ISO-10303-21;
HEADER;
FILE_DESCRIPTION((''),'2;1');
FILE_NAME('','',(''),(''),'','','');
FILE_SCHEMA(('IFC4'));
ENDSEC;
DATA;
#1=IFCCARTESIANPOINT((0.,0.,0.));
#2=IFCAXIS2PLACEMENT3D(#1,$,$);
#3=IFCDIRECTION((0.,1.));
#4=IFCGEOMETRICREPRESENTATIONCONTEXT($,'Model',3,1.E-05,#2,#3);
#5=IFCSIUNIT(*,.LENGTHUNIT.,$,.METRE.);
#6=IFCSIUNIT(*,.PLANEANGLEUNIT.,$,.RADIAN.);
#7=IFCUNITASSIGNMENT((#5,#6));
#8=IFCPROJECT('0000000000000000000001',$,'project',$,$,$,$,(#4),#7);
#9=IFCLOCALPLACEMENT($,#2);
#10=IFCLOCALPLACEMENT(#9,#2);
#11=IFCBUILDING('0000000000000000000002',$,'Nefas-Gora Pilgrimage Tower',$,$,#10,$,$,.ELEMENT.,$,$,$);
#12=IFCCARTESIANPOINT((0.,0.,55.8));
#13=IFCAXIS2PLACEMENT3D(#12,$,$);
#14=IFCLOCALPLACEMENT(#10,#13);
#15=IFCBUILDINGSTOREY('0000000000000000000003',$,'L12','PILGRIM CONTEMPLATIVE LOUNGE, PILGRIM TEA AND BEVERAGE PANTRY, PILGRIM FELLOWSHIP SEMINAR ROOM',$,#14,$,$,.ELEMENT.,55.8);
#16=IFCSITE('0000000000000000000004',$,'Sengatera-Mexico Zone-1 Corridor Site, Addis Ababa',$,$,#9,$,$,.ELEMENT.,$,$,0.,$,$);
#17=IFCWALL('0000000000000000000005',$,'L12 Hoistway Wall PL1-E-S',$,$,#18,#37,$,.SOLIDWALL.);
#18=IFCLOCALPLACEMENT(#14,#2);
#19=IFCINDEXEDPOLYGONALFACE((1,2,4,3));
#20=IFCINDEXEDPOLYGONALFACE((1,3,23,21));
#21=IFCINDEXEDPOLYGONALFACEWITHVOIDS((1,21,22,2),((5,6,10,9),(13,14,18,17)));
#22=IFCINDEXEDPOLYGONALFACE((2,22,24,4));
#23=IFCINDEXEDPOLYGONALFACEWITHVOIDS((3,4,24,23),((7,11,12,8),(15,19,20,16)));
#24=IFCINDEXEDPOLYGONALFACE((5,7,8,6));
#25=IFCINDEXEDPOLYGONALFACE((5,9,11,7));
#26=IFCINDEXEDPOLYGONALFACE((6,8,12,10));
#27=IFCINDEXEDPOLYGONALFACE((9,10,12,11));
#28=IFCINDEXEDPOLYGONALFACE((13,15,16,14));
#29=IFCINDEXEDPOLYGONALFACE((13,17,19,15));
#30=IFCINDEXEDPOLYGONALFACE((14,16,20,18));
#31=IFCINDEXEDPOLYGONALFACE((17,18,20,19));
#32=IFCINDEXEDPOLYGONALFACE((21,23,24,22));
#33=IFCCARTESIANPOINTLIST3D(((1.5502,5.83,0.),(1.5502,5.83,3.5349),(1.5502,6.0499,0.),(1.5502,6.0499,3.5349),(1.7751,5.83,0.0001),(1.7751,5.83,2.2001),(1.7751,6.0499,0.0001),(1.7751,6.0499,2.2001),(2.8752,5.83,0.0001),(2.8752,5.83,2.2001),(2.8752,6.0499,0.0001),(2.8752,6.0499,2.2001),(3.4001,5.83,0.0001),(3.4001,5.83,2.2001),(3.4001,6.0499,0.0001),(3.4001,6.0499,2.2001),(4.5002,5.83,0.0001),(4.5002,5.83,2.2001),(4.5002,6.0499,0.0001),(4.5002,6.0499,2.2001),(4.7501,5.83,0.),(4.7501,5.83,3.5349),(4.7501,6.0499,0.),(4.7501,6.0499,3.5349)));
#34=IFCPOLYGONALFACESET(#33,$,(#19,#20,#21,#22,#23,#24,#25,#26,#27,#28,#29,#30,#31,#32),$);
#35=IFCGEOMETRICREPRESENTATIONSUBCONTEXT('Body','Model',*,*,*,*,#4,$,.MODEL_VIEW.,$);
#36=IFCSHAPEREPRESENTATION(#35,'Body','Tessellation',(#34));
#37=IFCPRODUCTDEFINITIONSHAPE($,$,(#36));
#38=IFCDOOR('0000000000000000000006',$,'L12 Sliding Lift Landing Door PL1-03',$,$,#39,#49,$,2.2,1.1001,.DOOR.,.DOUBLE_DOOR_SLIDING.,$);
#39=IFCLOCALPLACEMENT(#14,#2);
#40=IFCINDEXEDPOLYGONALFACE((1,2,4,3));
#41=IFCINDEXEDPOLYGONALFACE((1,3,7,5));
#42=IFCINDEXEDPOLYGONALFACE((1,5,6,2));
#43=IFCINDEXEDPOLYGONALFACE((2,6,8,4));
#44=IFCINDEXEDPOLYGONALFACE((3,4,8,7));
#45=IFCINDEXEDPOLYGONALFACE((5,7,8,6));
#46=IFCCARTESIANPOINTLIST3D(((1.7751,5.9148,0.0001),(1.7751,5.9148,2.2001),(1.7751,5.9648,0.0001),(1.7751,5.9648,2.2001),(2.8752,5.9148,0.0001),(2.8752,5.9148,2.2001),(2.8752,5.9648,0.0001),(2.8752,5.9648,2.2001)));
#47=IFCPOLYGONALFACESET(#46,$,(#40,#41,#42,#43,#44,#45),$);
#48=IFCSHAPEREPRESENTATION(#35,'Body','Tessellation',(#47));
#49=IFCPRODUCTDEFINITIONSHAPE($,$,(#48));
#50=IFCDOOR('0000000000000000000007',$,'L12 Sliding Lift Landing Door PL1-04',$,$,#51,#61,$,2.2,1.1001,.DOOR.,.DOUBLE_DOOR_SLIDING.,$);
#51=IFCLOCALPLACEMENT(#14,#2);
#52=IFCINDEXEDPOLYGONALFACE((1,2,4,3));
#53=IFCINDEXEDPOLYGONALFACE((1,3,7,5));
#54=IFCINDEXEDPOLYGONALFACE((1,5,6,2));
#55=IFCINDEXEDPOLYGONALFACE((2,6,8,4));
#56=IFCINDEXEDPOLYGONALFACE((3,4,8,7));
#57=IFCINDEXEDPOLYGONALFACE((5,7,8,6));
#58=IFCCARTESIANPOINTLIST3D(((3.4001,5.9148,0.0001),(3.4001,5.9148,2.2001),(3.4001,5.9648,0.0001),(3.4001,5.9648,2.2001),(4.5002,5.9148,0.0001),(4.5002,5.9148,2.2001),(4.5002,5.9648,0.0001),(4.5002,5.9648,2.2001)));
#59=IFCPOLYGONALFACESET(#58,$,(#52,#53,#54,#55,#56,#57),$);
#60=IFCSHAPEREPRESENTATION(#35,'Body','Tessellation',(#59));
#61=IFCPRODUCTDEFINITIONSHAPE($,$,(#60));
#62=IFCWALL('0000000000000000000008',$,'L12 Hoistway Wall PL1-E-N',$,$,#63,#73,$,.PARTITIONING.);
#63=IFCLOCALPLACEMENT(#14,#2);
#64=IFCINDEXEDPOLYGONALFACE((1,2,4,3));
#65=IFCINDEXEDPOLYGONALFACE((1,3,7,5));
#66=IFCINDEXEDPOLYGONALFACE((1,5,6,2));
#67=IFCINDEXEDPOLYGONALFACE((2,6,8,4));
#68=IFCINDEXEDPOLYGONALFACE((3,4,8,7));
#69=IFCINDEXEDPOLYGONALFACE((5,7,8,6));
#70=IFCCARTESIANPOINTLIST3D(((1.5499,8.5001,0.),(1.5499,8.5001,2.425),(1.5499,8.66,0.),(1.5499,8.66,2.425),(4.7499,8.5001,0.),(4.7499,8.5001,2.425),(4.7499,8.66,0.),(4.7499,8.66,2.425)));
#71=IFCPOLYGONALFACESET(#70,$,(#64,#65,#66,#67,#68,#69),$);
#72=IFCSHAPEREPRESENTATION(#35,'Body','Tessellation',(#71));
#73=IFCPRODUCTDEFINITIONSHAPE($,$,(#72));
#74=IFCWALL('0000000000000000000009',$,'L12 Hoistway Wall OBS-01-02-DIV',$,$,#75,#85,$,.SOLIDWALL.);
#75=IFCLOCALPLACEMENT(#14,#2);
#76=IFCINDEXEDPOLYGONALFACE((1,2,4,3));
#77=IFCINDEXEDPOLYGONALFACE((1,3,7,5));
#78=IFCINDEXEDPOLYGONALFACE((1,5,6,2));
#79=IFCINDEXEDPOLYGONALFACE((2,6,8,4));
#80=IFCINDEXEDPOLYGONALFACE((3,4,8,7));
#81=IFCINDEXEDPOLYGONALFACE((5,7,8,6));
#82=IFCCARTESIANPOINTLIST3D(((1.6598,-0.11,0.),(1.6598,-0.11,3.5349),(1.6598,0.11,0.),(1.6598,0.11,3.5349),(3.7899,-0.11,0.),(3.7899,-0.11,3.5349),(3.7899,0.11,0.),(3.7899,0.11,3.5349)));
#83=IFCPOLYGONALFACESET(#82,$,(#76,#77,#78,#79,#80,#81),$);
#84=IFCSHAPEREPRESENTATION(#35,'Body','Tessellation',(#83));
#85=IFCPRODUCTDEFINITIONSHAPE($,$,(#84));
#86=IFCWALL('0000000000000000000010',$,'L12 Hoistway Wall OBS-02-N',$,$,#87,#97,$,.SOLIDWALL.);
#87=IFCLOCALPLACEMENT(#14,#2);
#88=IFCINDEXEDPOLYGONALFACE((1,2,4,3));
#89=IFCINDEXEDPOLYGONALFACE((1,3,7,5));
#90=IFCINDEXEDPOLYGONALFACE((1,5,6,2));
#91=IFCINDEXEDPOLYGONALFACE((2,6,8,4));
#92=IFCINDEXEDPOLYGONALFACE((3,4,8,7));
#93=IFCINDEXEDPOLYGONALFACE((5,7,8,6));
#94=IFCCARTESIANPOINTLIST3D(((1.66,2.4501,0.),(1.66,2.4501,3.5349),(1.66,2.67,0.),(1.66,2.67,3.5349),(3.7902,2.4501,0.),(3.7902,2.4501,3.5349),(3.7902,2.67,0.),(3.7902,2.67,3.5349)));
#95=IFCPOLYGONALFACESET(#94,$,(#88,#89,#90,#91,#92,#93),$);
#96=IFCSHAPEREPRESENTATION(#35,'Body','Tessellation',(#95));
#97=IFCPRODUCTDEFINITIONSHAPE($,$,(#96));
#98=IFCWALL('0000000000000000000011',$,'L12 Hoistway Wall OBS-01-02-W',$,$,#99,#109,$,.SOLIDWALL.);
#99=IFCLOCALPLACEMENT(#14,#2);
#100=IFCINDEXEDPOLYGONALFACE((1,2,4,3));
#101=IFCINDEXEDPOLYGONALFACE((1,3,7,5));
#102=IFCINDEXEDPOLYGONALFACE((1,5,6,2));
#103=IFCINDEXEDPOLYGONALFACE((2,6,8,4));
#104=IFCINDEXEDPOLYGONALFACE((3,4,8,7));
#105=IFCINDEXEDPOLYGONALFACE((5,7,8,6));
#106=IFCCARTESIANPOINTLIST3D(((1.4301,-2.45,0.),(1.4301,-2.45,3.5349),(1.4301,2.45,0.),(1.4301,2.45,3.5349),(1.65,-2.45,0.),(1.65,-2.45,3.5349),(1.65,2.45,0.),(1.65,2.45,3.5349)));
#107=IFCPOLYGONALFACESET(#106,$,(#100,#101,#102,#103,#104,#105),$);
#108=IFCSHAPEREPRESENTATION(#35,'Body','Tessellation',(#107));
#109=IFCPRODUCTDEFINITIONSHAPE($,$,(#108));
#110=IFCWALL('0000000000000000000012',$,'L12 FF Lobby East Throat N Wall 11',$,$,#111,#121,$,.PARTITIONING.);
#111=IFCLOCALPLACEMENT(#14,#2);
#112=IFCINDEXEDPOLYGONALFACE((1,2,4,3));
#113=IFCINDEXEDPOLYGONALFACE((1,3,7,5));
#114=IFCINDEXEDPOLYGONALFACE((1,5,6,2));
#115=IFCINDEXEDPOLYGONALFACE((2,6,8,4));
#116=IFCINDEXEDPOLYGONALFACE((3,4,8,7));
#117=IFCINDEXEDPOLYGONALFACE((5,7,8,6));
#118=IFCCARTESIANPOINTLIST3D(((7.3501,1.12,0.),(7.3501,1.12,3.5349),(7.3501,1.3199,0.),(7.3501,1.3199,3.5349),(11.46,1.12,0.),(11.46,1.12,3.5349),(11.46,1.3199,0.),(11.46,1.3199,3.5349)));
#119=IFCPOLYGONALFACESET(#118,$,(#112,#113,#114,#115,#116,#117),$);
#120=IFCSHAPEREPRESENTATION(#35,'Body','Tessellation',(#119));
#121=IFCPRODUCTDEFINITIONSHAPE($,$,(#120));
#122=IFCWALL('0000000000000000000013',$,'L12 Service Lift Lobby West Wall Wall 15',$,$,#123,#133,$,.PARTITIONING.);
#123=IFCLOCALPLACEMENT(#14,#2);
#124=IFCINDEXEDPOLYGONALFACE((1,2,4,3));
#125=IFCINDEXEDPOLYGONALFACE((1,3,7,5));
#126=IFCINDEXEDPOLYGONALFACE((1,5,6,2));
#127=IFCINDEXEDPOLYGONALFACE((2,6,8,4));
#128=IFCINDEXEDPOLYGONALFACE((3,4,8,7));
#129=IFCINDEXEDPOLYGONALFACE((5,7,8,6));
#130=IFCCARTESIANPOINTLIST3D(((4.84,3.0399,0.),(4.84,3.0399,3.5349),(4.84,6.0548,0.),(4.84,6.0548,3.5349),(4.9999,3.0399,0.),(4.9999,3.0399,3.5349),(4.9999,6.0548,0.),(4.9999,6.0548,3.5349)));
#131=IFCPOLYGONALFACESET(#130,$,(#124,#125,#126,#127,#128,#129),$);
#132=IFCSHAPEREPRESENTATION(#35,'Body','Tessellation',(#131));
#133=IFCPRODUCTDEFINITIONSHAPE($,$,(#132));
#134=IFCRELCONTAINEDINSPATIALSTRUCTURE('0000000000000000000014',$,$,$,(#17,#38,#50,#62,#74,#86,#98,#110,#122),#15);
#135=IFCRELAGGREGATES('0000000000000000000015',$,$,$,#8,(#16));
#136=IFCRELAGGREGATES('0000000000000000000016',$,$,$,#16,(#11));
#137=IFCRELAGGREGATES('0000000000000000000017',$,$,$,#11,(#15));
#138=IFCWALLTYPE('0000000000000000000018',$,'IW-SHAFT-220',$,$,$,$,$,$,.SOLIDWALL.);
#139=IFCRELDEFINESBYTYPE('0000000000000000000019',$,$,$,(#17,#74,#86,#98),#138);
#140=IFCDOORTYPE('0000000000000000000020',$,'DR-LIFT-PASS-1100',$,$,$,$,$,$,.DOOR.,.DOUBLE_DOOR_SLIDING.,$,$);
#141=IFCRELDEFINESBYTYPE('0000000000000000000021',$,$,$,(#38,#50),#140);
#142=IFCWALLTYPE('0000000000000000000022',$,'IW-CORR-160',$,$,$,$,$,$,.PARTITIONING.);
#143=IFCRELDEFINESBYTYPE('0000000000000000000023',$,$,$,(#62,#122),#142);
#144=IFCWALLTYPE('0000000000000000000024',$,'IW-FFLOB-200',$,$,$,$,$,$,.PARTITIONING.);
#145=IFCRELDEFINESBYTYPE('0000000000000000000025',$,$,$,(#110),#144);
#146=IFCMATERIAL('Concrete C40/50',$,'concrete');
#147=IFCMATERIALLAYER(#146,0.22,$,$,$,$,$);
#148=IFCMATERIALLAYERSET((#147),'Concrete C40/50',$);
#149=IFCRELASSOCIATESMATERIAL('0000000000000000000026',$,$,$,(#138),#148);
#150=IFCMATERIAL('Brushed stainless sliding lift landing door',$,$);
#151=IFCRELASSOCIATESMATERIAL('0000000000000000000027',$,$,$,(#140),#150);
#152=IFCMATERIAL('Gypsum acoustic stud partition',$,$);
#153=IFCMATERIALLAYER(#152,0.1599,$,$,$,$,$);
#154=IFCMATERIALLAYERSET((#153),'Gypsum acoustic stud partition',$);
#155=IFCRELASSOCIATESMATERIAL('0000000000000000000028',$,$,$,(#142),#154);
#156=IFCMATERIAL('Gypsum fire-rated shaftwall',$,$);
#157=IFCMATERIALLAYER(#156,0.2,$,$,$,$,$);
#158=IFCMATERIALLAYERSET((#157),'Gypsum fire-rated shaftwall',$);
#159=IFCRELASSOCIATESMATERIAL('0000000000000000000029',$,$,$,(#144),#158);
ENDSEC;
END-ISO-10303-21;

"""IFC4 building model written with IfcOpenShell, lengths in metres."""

from ifc_helpers import new_model, si_unit, direction, frame, frame_2d, origin, place, context, subcontext, project, spatial, rectangle, extrude, source, transform, mapped, material, layer, layer_set, type_object, element, fill, save


model = new_model("IFC4")

# Units and contexts
model_context = context("Model", 3, precision=1e-05, world=origin(), true_north=direction((0.0, 1.0)))
body_context = subcontext(model_context, "Body", "Model", "MODEL_VIEW")
ifc_project = project(units=[si_unit("LENGTHUNIT", "METRE"), si_unit("PLANEANGLEUNIT", "RADIAN")], contexts=[model_context])

# Site, building, storey
site_placement = place(None, origin())
site = spatial("IfcSite", under=ifc_project, at=site_placement, Name="Sengatera-Mexico Zone-1 Corridor Site, Addis Ababa", CompositionType="ELEMENT", RefElevation=0.0)
building_placement = place(site_placement, origin())
building = spatial("IfcBuilding", under=site, at=building_placement, Name="Nefas-Gora Pilgrimage Tower", CompositionType="ELEMENT")
storey_placement = place(building_placement, frame((0.0, 0.0, 55.8)))
storey = spatial("IfcBuildingStorey", under=building, at=storey_placement, Name="L12", Description="PILGRIM CONTEMPLATIVE LOUNGE, PILGRIM TEA AND BEVERAGE PANTRY, PILGRIM FELLOWSHIP SEMINAR ROOM", CompositionType="ELEMENT", Elevation=55.8)

# Shared definitions
ifc_material_1 = material(Name="Concrete C40/50", Category="concrete")
ifc_layer_1 = layer(ifc_material_1, 0.22)
ifc_layer_set_1 = layer_set([ifc_layer_1], Name="Concrete C40/50")
wall_type_1 = type_object("IfcWallType", Name="IW-SHAFT-220", PredefinedType="SOLIDWALL", material=ifc_layer_set_1)

# Wall, openings, doors
shared_shape_1 = source(origin(), body_context, "Body", "SweptSolid", [
    extrude(rectangle(XDim=3.2, YDim=0.22, at=frame_2d((1.6001, 0.0))), origin(), (0.0, 0.0, 1.0), 3.5349),
])
wall_1_placement = place(storey_placement, frame((1.55, 5.9399, 0.0), z_axis=(0.0, 0.0, 1.0), x_axis=(1.0, 0.0, 0.0)))
wall_1 = element("IfcWall", 1, at=wall_1_placement, inside=storey, type_object=wall_type_1, Name="L12 Hoistway Wall PL1-E-S", PredefinedType="SOLIDWALL", context=body_context, shape_type="MappedRepresentation", body=[
    mapped(shared_shape_1, transform((0.0, 0.0, 0.0), x_axis=(1.0, 0.0, 0.0), y_axis=(0.0, 1.0, 0.0), z_axis=(0.0, 0.0, 1.0), scale=1.0)),
])
opening_1_placement = place(wall_1_placement, frame((0.2251, 0.0, 0.0)))
opening_1 = element("IfcOpeningElement", 2, at=opening_1_placement, cuts=wall_1, PredefinedType="OPENING", context=body_context, shape_type="SweptSolid", body=[
    extrude(rectangle(XDim=1.1001, YDim=2.2, at=frame_2d((0.55, 1.1001))), frame((0.0, 0.1199, 0.0), z_axis=(0.0, -1.0, 0.0), x_axis=(1.0, 0.0, 0.0)), (0.0, 0.0, 1.0), 0.24),
])
opening_2_placement = place(wall_1_placement, frame((1.8501, 0.0, 0.0)))
opening_2 = element("IfcOpeningElement", 3, at=opening_2_placement, cuts=wall_1, PredefinedType="OPENING", context=body_context, shape_type="SweptSolid", body=[
    extrude(rectangle(XDim=1.1001, YDim=2.2, at=frame_2d((0.55, 1.1001))), frame((0.0, 0.1199, 0.0), z_axis=(0.0, -1.0, 0.0), x_axis=(1.0, 0.0, 0.0)), (0.0, 0.0, 1.0), 0.24),
])
ifc_material_2 = material(Name="Brushed stainless sliding lift landing door")
door_type_1 = type_object("IfcDoorType", Name="DR-LIFT-PASS-1100", OperationType="DOUBLE_DOOR_SLIDING", PredefinedType="DOOR", material=ifc_material_2)
shared_shape_2 = source(origin(), body_context, "Body", "SweptSolid", [
    extrude(rectangle(XDim=1.1001, YDim=2.2, at=frame_2d((0.55, 1.1001))), frame((0.0, 0.0249, 0.0), z_axis=(0.0, -1.0, 0.0), x_axis=(1.0, 0.0, 0.0)), (0.0, 0.0, 1.0), 0.05),
])
door_1_placement = place(opening_1_placement, origin())
door_1 = element("IfcDoor", 4, at=door_1_placement, inside=storey, type_object=door_type_1, Name="L12 Sliding Lift Landing Door PL1-03", OperationType="DOUBLE_DOOR_SLIDING", OverallHeight=2.2, OverallWidth=1.1001, PredefinedType="DOOR", context=body_context, shape_type="MappedRepresentation", body=[
    mapped(shared_shape_2, transform((0.0, 0.0, 0.0), x_axis=(1.0, 0.0, 0.0), y_axis=(0.0, 1.0, 0.0), z_axis=(0.0, 0.0, 1.0), scale=1.0)),
])
fill(opening_1, door_1)
door_2_placement = place(opening_2_placement, origin())
door_2 = element("IfcDoor", 5, at=door_2_placement, inside=storey, type_object=door_type_1, Name="L12 Sliding Lift Landing Door PL1-04", OperationType="DOUBLE_DOOR_SLIDING", OverallHeight=2.2, OverallWidth=1.1001, PredefinedType="DOOR", context=body_context, shape_type="MappedRepresentation", body=[
    mapped(shared_shape_2, transform((0.0, 0.0, 0.0), x_axis=(1.0, 0.0, 0.0), y_axis=(0.0, 1.0, 0.0), z_axis=(0.0, 0.0, 1.0), scale=1.0)),
])
fill(opening_2, door_2)

# Walls
ifc_material_3 = material(Name="Gypsum acoustic stud partition")
ifc_layer_2 = layer(ifc_material_3, 0.1599)
ifc_layer_set_2 = layer_set([ifc_layer_2], Name="Gypsum acoustic stud partition")
wall_type_2 = type_object("IfcWallType", Name="IW-CORR-160", PredefinedType="PARTITIONING", material=ifc_layer_set_2)
shared_shape_3 = source(origin(), body_context, "Body", "SweptSolid", [
    extrude(rectangle(XDim=3.2, YDim=0.1599, at=frame_2d((1.6001, 0.0))), origin(), (0.0, 0.0, 1.0), 2.425),
])
wall_2_placement = place(storey_placement, frame((4.75, 8.5801, 0.0), z_axis=(0.0, 0.0, 1.0), x_axis=(-1.0, 0.0, 0.0)))
element("IfcWall", 6, at=wall_2_placement, inside=storey, type_object=wall_type_2, Name="L12 Hoistway Wall PL1-E-N", PredefinedType="PARTITIONING", context=body_context, shape_type="MappedRepresentation", body=[
    mapped(shared_shape_3, transform((0.0, 0.0, 0.0), x_axis=(1.0, 0.0, 0.0), y_axis=(0.0, 1.0, 0.0), z_axis=(0.0, 0.0, 1.0), scale=1.0)),
])
shared_shape_4 = source(origin(), body_context, "Body", "SweptSolid", [
    extrude(rectangle(XDim=2.1301, YDim=0.22, at=frame_2d((1.0649, 0.0))), origin(), (0.0, 0.0, 1.0), 3.5349),
])
for number, where, z_axis, x_axis, name in (
    (7, (1.6599, 0.0, 0.0), (0.0, 0.0, 1.0), (1.0, 0.0, 0.0), "L12 Hoistway Wall OBS-01-02-DIV"),
    (8, (3.79, 2.5601, 0.0), (0.0, 0.0, 1.0), (-1.0, 0.0, 0.0), "L12 Hoistway Wall OBS-02-N"),
):
    element("IfcWall", number, at=place(storey_placement, frame(where, z_axis=z_axis, x_axis=x_axis)), inside=storey, type_object=wall_type_1, Name=name, PredefinedType="SOLIDWALL", context=body_context, shape_type="MappedRepresentation", body=[
        mapped(shared_shape_4, transform((0.0, 0.0, 0.0), x_axis=(1.0, 0.0, 0.0), y_axis=(0.0, 1.0, 0.0), z_axis=(0.0, 0.0, 1.0), scale=1.0)),
    ])
shared_shape_5 = source(origin(), body_context, "Body", "SweptSolid", [
    extrude(rectangle(XDim=4.8999, YDim=0.22, at=frame_2d((2.45, 0.0))), origin(), (0.0, 0.0, 1.0), 3.5349),
])
wall_3_placement = place(storey_placement, frame((1.54, 2.45, 0.0), z_axis=(0.0, 0.0, 1.0), x_axis=(0.0, -1.0, 0.0)))
element("IfcWall", 9, at=wall_3_placement, inside=storey, type_object=wall_type_1, Name="L12 Hoistway Wall OBS-01-02-W", PredefinedType="SOLIDWALL", context=body_context, shape_type="MappedRepresentation", body=[
    mapped(shared_shape_5, transform((0.0, 0.0, 0.0), x_axis=(1.0, 0.0, 0.0), y_axis=(0.0, 1.0, 0.0), z_axis=(0.0, 0.0, 1.0), scale=1.0)),
])

# Shared definitions
ifc_material_4 = material(Name="Gypsum fire-rated shaftwall")
ifc_layer_3 = layer(ifc_material_4, 0.2)
ifc_layer_set_3 = layer_set([ifc_layer_3], Name="Gypsum fire-rated shaftwall")
wall_type_3 = type_object("IfcWallType", Name="IW-FFLOB-200", PredefinedType="PARTITIONING", material=ifc_layer_set_3)

# Walls
shared_shape_6 = source(origin(), body_context, "Body", "SweptSolid", [
    extrude(rectangle(XDim=4.1099, YDim=0.2, at=frame_2d((2.0549, 0.0))), origin(), (0.0, 0.0, 1.0), 3.5349),
])
wall_4_placement = place(storey_placement, frame((7.3501, 1.22, 0.0), z_axis=(0.0, 0.0, 1.0), x_axis=(1.0, 0.0, 0.0)))
element("IfcWall", 10, at=wall_4_placement, inside=storey, type_object=wall_type_3, Name="L12 FF Lobby East Throat N Wall 11", PredefinedType="PARTITIONING", context=body_context, shape_type="MappedRepresentation", body=[
    mapped(shared_shape_6, transform((0.0, 0.0, 0.0), x_axis=(1.0, 0.0, 0.0), y_axis=(0.0, 1.0, 0.0), z_axis=(0.0, 0.0, 1.0), scale=1.0)),
])
shared_shape_7 = source(origin(), body_context, "Body", "SweptSolid", [
    extrude(rectangle(XDim=3.0149, YDim=0.1599, at=frame_2d((1.5073, 0.0))), origin(), (0.0, 0.0, 1.0), 3.5349),
])
wall_5_placement = place(storey_placement, frame((4.9199, 3.04, 0.0), z_axis=(0.0, 0.0, 1.0), x_axis=(0.0, 1.0, 0.0)))
element("IfcWall", 11, at=wall_5_placement, inside=storey, type_object=wall_type_2, Name="L12 Service Lift Lobby West Wall Wall 15", PredefinedType="PARTITIONING", context=body_context, shape_type="MappedRepresentation", body=[
    mapped(shared_shape_7, transform((0.0, 0.0, 0.0), x_axis=(1.0, 0.0, 0.0), y_axis=(0.0, 1.0, 0.0), z_axis=(0.0, 0.0, 1.0), scale=1.0)),
])

save(model, "model.ifc")
